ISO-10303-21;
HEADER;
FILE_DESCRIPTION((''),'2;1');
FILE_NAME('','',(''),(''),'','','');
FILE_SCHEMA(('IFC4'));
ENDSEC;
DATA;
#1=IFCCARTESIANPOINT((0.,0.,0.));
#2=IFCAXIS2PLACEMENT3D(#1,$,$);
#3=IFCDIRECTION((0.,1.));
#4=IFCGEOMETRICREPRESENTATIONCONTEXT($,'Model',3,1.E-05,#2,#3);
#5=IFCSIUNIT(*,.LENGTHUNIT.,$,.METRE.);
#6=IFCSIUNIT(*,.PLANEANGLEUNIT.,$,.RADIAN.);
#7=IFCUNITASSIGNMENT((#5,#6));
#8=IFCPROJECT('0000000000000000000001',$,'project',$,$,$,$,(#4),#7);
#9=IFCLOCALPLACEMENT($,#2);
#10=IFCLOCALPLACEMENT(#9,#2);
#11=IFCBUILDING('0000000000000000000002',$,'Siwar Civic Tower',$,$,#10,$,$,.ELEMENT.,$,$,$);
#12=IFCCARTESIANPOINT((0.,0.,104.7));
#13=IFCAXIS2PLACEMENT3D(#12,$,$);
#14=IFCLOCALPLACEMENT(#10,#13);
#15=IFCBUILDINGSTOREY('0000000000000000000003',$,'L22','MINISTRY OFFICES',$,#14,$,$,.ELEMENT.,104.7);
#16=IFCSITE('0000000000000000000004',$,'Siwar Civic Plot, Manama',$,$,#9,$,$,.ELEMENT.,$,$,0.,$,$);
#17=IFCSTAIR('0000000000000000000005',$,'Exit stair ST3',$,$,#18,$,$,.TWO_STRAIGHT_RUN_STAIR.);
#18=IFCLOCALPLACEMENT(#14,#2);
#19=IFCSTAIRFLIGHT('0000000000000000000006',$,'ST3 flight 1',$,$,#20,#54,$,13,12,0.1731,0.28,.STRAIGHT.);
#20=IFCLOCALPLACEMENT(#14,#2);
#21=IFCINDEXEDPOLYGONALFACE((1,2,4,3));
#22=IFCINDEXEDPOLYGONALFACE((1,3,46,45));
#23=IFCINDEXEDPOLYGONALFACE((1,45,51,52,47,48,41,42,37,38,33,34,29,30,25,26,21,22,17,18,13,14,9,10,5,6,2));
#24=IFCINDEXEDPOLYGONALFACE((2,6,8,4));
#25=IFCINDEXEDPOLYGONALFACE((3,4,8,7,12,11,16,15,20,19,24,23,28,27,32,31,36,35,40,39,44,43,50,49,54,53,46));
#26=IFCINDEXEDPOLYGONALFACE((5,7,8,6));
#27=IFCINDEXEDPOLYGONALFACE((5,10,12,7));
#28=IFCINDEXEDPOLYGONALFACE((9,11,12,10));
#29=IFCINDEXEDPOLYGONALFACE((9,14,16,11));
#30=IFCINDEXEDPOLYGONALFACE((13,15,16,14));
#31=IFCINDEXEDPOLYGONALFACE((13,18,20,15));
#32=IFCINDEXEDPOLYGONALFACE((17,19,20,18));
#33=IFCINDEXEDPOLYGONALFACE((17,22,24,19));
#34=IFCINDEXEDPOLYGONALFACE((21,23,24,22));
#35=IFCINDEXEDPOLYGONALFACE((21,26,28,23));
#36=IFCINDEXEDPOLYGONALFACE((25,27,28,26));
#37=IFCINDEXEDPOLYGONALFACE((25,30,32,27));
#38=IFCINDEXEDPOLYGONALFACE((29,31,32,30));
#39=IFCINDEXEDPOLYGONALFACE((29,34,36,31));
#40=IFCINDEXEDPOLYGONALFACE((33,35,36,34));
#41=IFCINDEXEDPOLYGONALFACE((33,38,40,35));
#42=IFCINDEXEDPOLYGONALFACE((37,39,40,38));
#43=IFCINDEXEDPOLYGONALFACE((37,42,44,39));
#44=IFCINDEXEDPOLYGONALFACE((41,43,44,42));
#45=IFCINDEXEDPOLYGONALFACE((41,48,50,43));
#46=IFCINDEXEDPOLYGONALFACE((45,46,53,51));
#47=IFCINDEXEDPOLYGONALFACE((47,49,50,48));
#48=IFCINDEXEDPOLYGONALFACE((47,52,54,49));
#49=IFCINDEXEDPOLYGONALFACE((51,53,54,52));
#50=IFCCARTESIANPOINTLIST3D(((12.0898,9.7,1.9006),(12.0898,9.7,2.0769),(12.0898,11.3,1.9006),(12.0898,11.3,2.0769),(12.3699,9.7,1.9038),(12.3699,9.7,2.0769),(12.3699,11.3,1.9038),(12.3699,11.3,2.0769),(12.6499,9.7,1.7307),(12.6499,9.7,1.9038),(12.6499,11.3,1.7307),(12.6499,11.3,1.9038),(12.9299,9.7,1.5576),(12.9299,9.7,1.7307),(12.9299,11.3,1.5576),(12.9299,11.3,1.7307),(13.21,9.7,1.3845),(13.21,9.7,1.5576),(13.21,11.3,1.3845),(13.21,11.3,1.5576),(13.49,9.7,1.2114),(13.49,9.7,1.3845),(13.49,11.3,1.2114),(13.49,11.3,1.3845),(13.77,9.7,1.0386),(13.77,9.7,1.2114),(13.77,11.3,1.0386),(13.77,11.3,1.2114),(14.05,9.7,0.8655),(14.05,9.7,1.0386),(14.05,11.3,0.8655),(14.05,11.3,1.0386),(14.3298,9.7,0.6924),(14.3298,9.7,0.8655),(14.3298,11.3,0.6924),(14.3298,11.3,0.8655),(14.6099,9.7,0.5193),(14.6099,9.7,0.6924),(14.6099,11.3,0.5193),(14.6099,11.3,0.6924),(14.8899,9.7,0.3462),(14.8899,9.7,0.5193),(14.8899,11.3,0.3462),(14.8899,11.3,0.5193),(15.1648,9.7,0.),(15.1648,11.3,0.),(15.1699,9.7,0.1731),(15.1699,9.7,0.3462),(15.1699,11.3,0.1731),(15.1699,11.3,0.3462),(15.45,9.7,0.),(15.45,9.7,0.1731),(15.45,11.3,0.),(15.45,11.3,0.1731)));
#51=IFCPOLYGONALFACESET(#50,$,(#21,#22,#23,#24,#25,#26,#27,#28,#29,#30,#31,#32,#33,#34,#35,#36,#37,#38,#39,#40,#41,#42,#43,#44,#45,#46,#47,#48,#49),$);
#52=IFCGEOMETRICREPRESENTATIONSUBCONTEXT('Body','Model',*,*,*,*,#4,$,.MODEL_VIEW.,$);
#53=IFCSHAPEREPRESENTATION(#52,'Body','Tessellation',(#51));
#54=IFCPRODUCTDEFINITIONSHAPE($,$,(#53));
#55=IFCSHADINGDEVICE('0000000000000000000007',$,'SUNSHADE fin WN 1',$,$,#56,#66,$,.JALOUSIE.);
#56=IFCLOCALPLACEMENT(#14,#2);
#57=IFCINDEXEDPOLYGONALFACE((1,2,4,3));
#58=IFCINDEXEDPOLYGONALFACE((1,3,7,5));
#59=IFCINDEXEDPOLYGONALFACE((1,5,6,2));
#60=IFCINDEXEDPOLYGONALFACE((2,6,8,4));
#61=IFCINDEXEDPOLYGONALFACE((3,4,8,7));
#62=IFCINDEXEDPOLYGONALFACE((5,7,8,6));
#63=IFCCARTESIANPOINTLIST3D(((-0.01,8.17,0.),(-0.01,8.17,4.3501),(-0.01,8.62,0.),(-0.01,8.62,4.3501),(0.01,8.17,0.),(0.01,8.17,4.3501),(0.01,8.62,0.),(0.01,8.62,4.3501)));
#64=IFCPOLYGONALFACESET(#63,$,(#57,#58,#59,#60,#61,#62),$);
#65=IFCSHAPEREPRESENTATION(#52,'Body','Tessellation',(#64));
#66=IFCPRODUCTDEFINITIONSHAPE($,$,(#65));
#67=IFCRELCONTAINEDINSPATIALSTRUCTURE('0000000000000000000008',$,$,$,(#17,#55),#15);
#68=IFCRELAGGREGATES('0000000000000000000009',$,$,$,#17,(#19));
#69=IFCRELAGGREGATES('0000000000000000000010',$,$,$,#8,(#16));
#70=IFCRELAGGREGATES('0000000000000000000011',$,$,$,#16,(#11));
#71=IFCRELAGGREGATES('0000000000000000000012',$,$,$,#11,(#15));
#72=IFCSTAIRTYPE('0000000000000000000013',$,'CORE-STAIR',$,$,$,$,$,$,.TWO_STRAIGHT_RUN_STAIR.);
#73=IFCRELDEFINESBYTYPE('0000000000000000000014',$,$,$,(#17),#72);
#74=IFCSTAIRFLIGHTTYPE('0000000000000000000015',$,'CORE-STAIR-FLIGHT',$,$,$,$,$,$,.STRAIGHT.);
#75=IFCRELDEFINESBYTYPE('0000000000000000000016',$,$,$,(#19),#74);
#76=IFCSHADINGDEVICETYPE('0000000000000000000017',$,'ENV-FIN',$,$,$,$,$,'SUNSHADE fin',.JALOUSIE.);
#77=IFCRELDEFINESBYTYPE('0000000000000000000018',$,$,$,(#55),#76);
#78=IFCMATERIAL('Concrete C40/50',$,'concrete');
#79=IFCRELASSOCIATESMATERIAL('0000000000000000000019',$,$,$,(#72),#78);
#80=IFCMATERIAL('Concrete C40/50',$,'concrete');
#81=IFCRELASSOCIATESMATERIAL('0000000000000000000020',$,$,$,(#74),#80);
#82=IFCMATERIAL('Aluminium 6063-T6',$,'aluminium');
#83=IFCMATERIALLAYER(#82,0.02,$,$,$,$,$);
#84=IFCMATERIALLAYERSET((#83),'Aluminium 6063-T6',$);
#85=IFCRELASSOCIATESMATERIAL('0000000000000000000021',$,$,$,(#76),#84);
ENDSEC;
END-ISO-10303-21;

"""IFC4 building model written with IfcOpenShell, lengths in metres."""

from ifc_helpers import new_model, si_unit, direction, frame, origin, origin_2d, place, context, subcontext, project, spatial, polyline, rectangle, outline, extrude, material, layer, layer_set, type_object, element, aggregate, save


model = new_model("IFC4")

# Units and contexts
model_context = context("Model", 3, precision=1e-05, world=origin(), true_north=direction((0.0, 1.0)))
body_context = subcontext(model_context, "Body", "Model", "MODEL_VIEW")
ifc_project = project(units=[si_unit("LENGTHUNIT", "METRE"), si_unit("PLANEANGLEUNIT", "RADIAN")], contexts=[model_context])

# Site, building, storey
site_placement = place(None, origin())
site = spatial("IfcSite", under=ifc_project, at=site_placement, Name="Siwar Civic Plot, Manama", CompositionType="ELEMENT", RefElevation=0.0)
building_placement = place(site_placement, origin())
building = spatial("IfcBuilding", under=site, at=building_placement, Name="Siwar Civic Tower", CompositionType="ELEMENT")
storey_placement = place(building_placement, frame((0.0, 0.0, 104.7)))
storey = spatial("IfcBuildingStorey", under=building, at=storey_placement, Name="L22", Description="MINISTRY OFFICES", CompositionType="ELEMENT", Elevation=104.7)

# Shared definitions
ifc_material_1 = material(Name="Concrete C40/50", Category="concrete")
stair_type = type_object("IfcStairType", Name="CORE-STAIR", PredefinedType="TWO_STRAIGHT_RUN_STAIR", material=ifc_material_1)

# Stair, stair flight
stair_1_placement = place(storey_placement, origin())
stair_1 = element("IfcStair", 1, at=stair_1_placement, inside=storey, type_object=stair_type, Name="Exit stair ST3", PredefinedType="TWO_STRAIGHT_RUN_STAIR")
ifc_material_2 = material(Name="Concrete C40/50", Category="concrete")
stair_flight_type = type_object("IfcStairFlightType", Name="CORE-STAIR-FLIGHT", PredefinedType="STRAIGHT", material=ifc_material_2)
stair_flight_placement = place(storey_placement, frame((15.45, 10.5, 0.0), z_axis=(0.0, 0.0, 1.0), x_axis=(-1.0, 0.0, 0.0)))
stair_flight = element("IfcStairFlight", 2, at=stair_flight_placement, type_object=stair_flight_type, Name="ST3 flight 1", NumberOfRisers=13, NumberOfTreads=12, PredefinedType="STRAIGHT", RiserHeight=0.1731, TreadLength=0.28, context=body_context, shape_type="SweptSolid", body=[
    extrude(outline(polyline([(0.0, 0.0), (0.0, 0.1731), (0.28, 0.1731), (0.28, 0.3462), (0.5601, 0.3462), (0.5601, 0.5193), (0.8401, 0.5193), (0.8401, 0.6924), (1.1201, 0.6924), (1.1201, 0.8655), (1.3999, 0.8655), (1.3999, 1.0386), (1.6799, 1.0386), (1.6799, 1.2114), (1.96, 1.2114), (1.96, 1.3845), (2.24, 1.3845), (2.24, 1.5576), (2.52, 1.5576), (2.52, 1.7307), (2.8, 1.7307), (2.8, 1.9038), (3.0801, 1.9038), (3.0801, 2.0769), (3.3601, 2.0769), (3.3601, 2.25), (3.3601, 1.9006), (0.2852, 0.0), (0.0, 0.0)])), frame((0.0, 0.8, 0.0), z_axis=(0.0, -1.0, 0.0), x_axis=(1.0, 0.0, 0.0)), (0.0, 0.0, 1.0), 1.6001),
])
aggregate(stair_1, [stair_flight])

# Shading device
ifc_material_3 = material(Name="Aluminium 6063-T6", Category="aluminium")
ifc_layer_1 = layer(ifc_material_3, 0.02)
ifc_layer_set_1 = layer_set([ifc_layer_1], Name="Aluminium 6063-T6")
shading_device_type = type_object("IfcShadingDeviceType", Name="ENV-FIN", ElementType="SUNSHADE fin", PredefinedType="JALOUSIE", material=ifc_layer_set_1)
shading_device_placement = place(storey_placement, frame((0.0, 8.395, 0.0), z_axis=(0.0, 0.0, 1.0), x_axis=(-1.0, 0.0, 0.0)))
element("IfcShadingDevice", 3, at=shading_device_placement, inside=storey, type_object=shading_device_type, Name="SUNSHADE fin WN 1", PredefinedType="JALOUSIE", context=body_context, shape_type="SweptSolid", body=[
    extrude(rectangle(XDim=0.02, YDim=0.45, at=origin_2d()), origin(), (0.0, 0.0, 1.0), 4.3501),
])

save(model, "model.ifc")
